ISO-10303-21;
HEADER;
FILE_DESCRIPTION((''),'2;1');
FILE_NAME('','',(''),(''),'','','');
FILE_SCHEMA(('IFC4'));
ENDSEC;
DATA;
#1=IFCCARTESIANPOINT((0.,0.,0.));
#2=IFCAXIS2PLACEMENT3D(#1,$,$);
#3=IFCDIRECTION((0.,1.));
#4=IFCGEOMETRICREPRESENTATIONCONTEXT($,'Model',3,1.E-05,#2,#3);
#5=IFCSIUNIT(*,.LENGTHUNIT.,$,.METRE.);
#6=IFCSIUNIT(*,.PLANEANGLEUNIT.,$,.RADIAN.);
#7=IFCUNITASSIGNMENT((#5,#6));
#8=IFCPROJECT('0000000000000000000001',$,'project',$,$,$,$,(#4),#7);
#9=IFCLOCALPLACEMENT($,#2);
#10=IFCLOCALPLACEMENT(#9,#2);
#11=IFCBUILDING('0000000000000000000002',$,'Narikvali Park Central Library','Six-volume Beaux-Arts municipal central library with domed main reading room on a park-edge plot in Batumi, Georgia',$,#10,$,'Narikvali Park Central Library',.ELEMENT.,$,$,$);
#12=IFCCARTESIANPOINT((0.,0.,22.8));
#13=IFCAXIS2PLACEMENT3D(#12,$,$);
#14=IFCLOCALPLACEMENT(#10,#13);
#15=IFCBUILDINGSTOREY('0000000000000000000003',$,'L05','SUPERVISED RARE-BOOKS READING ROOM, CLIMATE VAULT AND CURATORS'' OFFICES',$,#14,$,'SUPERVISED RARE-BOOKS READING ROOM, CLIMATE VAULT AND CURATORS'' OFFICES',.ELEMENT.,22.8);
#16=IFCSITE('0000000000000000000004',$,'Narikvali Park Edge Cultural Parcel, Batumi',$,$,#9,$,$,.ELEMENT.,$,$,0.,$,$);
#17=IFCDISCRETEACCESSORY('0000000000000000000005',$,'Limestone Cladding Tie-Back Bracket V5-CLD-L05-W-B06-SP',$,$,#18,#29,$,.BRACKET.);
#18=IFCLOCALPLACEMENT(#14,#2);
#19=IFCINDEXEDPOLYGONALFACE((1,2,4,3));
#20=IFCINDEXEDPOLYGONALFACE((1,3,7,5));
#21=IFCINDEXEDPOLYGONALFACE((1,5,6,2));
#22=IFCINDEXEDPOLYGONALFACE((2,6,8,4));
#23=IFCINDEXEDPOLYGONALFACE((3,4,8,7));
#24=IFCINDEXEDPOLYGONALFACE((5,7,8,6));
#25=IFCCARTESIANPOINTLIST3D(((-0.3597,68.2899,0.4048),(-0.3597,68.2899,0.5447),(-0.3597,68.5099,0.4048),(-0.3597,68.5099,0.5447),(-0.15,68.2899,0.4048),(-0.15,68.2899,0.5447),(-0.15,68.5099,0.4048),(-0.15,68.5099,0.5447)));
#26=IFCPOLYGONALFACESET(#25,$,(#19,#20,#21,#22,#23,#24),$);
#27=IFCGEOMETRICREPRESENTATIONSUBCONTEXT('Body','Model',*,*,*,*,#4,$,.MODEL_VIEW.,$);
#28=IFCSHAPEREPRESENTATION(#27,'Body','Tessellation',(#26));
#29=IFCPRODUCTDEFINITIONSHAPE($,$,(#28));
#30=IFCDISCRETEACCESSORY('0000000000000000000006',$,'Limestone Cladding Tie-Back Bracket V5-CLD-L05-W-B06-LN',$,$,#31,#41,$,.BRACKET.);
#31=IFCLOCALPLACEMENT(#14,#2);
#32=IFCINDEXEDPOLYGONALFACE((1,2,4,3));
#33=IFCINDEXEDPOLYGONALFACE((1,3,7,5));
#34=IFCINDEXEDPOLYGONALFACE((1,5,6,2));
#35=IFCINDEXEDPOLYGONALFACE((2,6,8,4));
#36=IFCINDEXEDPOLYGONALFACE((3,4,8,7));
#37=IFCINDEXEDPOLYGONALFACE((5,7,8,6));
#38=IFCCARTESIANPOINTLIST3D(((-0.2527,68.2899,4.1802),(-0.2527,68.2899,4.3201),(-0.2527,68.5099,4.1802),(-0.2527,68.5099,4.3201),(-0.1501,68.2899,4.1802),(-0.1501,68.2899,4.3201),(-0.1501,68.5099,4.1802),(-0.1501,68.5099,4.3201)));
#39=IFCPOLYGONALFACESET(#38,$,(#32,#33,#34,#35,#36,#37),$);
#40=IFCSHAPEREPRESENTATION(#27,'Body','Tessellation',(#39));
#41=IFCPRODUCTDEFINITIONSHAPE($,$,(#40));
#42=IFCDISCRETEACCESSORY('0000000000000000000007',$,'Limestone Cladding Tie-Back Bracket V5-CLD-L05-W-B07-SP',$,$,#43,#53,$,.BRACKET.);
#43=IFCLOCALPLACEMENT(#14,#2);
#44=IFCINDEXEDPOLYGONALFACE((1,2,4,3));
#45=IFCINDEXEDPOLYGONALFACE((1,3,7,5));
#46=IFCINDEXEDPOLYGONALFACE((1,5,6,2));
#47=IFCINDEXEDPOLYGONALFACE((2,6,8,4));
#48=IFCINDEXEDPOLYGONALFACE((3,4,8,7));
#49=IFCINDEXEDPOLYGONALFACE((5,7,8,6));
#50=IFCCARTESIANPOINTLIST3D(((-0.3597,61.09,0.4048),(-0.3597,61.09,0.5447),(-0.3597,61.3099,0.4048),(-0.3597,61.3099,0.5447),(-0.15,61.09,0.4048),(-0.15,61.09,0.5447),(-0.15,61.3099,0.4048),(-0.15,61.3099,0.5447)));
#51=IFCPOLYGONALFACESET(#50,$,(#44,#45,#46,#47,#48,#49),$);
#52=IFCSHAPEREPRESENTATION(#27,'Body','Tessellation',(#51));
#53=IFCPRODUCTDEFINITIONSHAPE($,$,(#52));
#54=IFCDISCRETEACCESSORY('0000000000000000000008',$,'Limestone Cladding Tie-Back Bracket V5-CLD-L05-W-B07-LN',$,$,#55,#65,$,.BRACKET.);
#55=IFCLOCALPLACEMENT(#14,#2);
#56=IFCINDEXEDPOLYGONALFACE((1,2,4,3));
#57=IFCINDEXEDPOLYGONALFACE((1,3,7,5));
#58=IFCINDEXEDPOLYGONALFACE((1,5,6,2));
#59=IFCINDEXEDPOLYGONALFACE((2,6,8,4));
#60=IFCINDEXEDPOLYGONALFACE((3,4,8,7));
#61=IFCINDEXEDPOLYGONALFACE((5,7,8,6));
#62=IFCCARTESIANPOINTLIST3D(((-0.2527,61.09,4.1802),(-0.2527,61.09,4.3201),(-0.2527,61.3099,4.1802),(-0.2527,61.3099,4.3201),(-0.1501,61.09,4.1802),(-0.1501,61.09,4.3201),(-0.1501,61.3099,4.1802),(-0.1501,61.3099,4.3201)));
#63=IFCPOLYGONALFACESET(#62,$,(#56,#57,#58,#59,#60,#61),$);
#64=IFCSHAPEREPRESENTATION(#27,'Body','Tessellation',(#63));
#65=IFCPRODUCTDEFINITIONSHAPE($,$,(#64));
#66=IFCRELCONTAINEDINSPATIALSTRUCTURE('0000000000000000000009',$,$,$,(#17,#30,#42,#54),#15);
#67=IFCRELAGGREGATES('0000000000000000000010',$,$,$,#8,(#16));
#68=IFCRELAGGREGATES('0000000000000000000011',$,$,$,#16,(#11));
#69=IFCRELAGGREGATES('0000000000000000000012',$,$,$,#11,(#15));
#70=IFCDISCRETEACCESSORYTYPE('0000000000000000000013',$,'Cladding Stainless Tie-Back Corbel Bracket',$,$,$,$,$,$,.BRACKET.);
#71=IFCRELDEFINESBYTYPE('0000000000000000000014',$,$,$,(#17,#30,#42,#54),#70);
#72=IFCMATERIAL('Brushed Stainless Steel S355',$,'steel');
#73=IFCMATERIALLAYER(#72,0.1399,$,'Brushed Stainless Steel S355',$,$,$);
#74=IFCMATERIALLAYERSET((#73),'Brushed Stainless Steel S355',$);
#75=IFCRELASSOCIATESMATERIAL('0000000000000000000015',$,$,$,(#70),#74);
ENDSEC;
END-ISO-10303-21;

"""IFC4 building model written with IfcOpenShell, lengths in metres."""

from ifc_helpers import new_model, si_unit, direction, frame, origin, origin_2d, place, context, subcontext, project, spatial, rectangle, extrude, material, layer, layer_set, type_object, element, save


model = new_model("IFC4")

# Units and contexts
model_context = context("Model", 3, precision=1e-05, world=origin(), true_north=direction((0.0, 1.0)))
body_context = subcontext(model_context, "Body", "Model", "MODEL_VIEW")
ifc_project = project(units=[si_unit("LENGTHUNIT", "METRE"), si_unit("PLANEANGLEUNIT", "RADIAN")], contexts=[model_context])

# Site, building, storey
site_placement = place(None, origin())
site = spatial("IfcSite", under=ifc_project, at=site_placement, Name="Narikvali Park Edge Cultural Parcel, Batumi", CompositionType="ELEMENT", RefElevation=0.0)
building_placement = place(site_placement, origin())
building = spatial("IfcBuilding", under=site, at=building_placement, Name="Narikvali Park Central Library", Description="Six-volume Beaux-Arts municipal central library with domed main reading room on a park-edge plot in Batumi, Georgia", LongName="Narikvali Park Central Library", CompositionType="ELEMENT")
storey_placement = place(building_placement, frame((0.0, 0.0, 22.8)))
storey = spatial("IfcBuildingStorey", under=building, at=storey_placement, Name="L05", Description="SUPERVISED RARE-BOOKS READING ROOM, CLIMATE VAULT AND CURATORS' OFFICES", LongName="SUPERVISED RARE-BOOKS READING ROOM, CLIMATE VAULT AND CURATORS' OFFICES", CompositionType="ELEMENT", Elevation=22.8)

# Discrete accessories
ifc_material_1 = material(Name="Brushed Stainless Steel S355", Category="steel")
ifc_layer_1 = layer(ifc_material_1, 0.1399, Name="Brushed Stainless Steel S355")
ifc_layer_set_1 = layer_set([ifc_layer_1], Name="Brushed Stainless Steel S355")
discrete_accessory_type = type_object("IfcDiscreteAccessoryType", Name="Cladding Stainless Tie-Back Corbel Bracket", PredefinedType="BRACKET", material=ifc_layer_set_1)
discrete_accessory_1_placement = place(storey_placement, frame((-0.2549, 68.3999, 0.4048), z_axis=(0.0, 0.0, 1.0), x_axis=(1.0, 0.0, 0.0)))
element("IfcDiscreteAccessory", 1, at=discrete_accessory_1_placement, inside=storey, type_object=discrete_accessory_type, Name="Limestone Cladding Tie-Back Bracket V5-CLD-L05-W-B06-SP", PredefinedType="BRACKET", context=body_context, shape_type="SweptSolid", body=[
    extrude(rectangle(XDim=0.2097, YDim=0.22, at=origin_2d()), origin(), (0.0, 0.0, 1.0), 0.1399),
])
discrete_accessory_2_placement = place(storey_placement, frame((-0.2014, 68.3999, 4.1802), z_axis=(0.0, 0.0, 1.0), x_axis=(1.0, 0.0, 0.0)))
element("IfcDiscreteAccessory", 2, at=discrete_accessory_2_placement, inside=storey, type_object=discrete_accessory_type, Name="Limestone Cladding Tie-Back Bracket V5-CLD-L05-W-B06-LN", PredefinedType="BRACKET", context=body_context, shape_type="SweptSolid", body=[
    extrude(rectangle(XDim=0.1025, YDim=0.22, at=origin_2d()), origin(), (0.0, 0.0, 1.0), 0.1399),
])
discrete_accessory_3_placement = place(storey_placement, frame((-0.2549, 61.2, 0.4048), z_axis=(0.0, 0.0, 1.0), x_axis=(1.0, 0.0, 0.0)))
element("IfcDiscreteAccessory", 3, at=discrete_accessory_3_placement, inside=storey, type_object=discrete_accessory_type, Name="Limestone Cladding Tie-Back Bracket V5-CLD-L05-W-B07-SP", PredefinedType="BRACKET", context=body_context, shape_type="SweptSolid", body=[
    extrude(rectangle(XDim=0.2097, YDim=0.22, at=origin_2d()), origin(), (0.0, 0.0, 1.0), 0.1399),
])
discrete_accessory_4_placement = place(storey_placement, frame((-0.2014, 61.2, 4.1802), z_axis=(0.0, 0.0, 1.0), x_axis=(1.0, 0.0, 0.0)))
element("IfcDiscreteAccessory", 4, at=discrete_accessory_4_placement, inside=storey, type_object=discrete_accessory_type, Name="Limestone Cladding Tie-Back Bracket V5-CLD-L05-W-B07-LN", PredefinedType="BRACKET", context=body_context, shape_type="SweptSolid", body=[
    extrude(rectangle(XDim=0.1025, YDim=0.22, at=origin_2d()), origin(), (0.0, 0.0, 1.0), 0.1399),
])

save(model, "model.ifc")
